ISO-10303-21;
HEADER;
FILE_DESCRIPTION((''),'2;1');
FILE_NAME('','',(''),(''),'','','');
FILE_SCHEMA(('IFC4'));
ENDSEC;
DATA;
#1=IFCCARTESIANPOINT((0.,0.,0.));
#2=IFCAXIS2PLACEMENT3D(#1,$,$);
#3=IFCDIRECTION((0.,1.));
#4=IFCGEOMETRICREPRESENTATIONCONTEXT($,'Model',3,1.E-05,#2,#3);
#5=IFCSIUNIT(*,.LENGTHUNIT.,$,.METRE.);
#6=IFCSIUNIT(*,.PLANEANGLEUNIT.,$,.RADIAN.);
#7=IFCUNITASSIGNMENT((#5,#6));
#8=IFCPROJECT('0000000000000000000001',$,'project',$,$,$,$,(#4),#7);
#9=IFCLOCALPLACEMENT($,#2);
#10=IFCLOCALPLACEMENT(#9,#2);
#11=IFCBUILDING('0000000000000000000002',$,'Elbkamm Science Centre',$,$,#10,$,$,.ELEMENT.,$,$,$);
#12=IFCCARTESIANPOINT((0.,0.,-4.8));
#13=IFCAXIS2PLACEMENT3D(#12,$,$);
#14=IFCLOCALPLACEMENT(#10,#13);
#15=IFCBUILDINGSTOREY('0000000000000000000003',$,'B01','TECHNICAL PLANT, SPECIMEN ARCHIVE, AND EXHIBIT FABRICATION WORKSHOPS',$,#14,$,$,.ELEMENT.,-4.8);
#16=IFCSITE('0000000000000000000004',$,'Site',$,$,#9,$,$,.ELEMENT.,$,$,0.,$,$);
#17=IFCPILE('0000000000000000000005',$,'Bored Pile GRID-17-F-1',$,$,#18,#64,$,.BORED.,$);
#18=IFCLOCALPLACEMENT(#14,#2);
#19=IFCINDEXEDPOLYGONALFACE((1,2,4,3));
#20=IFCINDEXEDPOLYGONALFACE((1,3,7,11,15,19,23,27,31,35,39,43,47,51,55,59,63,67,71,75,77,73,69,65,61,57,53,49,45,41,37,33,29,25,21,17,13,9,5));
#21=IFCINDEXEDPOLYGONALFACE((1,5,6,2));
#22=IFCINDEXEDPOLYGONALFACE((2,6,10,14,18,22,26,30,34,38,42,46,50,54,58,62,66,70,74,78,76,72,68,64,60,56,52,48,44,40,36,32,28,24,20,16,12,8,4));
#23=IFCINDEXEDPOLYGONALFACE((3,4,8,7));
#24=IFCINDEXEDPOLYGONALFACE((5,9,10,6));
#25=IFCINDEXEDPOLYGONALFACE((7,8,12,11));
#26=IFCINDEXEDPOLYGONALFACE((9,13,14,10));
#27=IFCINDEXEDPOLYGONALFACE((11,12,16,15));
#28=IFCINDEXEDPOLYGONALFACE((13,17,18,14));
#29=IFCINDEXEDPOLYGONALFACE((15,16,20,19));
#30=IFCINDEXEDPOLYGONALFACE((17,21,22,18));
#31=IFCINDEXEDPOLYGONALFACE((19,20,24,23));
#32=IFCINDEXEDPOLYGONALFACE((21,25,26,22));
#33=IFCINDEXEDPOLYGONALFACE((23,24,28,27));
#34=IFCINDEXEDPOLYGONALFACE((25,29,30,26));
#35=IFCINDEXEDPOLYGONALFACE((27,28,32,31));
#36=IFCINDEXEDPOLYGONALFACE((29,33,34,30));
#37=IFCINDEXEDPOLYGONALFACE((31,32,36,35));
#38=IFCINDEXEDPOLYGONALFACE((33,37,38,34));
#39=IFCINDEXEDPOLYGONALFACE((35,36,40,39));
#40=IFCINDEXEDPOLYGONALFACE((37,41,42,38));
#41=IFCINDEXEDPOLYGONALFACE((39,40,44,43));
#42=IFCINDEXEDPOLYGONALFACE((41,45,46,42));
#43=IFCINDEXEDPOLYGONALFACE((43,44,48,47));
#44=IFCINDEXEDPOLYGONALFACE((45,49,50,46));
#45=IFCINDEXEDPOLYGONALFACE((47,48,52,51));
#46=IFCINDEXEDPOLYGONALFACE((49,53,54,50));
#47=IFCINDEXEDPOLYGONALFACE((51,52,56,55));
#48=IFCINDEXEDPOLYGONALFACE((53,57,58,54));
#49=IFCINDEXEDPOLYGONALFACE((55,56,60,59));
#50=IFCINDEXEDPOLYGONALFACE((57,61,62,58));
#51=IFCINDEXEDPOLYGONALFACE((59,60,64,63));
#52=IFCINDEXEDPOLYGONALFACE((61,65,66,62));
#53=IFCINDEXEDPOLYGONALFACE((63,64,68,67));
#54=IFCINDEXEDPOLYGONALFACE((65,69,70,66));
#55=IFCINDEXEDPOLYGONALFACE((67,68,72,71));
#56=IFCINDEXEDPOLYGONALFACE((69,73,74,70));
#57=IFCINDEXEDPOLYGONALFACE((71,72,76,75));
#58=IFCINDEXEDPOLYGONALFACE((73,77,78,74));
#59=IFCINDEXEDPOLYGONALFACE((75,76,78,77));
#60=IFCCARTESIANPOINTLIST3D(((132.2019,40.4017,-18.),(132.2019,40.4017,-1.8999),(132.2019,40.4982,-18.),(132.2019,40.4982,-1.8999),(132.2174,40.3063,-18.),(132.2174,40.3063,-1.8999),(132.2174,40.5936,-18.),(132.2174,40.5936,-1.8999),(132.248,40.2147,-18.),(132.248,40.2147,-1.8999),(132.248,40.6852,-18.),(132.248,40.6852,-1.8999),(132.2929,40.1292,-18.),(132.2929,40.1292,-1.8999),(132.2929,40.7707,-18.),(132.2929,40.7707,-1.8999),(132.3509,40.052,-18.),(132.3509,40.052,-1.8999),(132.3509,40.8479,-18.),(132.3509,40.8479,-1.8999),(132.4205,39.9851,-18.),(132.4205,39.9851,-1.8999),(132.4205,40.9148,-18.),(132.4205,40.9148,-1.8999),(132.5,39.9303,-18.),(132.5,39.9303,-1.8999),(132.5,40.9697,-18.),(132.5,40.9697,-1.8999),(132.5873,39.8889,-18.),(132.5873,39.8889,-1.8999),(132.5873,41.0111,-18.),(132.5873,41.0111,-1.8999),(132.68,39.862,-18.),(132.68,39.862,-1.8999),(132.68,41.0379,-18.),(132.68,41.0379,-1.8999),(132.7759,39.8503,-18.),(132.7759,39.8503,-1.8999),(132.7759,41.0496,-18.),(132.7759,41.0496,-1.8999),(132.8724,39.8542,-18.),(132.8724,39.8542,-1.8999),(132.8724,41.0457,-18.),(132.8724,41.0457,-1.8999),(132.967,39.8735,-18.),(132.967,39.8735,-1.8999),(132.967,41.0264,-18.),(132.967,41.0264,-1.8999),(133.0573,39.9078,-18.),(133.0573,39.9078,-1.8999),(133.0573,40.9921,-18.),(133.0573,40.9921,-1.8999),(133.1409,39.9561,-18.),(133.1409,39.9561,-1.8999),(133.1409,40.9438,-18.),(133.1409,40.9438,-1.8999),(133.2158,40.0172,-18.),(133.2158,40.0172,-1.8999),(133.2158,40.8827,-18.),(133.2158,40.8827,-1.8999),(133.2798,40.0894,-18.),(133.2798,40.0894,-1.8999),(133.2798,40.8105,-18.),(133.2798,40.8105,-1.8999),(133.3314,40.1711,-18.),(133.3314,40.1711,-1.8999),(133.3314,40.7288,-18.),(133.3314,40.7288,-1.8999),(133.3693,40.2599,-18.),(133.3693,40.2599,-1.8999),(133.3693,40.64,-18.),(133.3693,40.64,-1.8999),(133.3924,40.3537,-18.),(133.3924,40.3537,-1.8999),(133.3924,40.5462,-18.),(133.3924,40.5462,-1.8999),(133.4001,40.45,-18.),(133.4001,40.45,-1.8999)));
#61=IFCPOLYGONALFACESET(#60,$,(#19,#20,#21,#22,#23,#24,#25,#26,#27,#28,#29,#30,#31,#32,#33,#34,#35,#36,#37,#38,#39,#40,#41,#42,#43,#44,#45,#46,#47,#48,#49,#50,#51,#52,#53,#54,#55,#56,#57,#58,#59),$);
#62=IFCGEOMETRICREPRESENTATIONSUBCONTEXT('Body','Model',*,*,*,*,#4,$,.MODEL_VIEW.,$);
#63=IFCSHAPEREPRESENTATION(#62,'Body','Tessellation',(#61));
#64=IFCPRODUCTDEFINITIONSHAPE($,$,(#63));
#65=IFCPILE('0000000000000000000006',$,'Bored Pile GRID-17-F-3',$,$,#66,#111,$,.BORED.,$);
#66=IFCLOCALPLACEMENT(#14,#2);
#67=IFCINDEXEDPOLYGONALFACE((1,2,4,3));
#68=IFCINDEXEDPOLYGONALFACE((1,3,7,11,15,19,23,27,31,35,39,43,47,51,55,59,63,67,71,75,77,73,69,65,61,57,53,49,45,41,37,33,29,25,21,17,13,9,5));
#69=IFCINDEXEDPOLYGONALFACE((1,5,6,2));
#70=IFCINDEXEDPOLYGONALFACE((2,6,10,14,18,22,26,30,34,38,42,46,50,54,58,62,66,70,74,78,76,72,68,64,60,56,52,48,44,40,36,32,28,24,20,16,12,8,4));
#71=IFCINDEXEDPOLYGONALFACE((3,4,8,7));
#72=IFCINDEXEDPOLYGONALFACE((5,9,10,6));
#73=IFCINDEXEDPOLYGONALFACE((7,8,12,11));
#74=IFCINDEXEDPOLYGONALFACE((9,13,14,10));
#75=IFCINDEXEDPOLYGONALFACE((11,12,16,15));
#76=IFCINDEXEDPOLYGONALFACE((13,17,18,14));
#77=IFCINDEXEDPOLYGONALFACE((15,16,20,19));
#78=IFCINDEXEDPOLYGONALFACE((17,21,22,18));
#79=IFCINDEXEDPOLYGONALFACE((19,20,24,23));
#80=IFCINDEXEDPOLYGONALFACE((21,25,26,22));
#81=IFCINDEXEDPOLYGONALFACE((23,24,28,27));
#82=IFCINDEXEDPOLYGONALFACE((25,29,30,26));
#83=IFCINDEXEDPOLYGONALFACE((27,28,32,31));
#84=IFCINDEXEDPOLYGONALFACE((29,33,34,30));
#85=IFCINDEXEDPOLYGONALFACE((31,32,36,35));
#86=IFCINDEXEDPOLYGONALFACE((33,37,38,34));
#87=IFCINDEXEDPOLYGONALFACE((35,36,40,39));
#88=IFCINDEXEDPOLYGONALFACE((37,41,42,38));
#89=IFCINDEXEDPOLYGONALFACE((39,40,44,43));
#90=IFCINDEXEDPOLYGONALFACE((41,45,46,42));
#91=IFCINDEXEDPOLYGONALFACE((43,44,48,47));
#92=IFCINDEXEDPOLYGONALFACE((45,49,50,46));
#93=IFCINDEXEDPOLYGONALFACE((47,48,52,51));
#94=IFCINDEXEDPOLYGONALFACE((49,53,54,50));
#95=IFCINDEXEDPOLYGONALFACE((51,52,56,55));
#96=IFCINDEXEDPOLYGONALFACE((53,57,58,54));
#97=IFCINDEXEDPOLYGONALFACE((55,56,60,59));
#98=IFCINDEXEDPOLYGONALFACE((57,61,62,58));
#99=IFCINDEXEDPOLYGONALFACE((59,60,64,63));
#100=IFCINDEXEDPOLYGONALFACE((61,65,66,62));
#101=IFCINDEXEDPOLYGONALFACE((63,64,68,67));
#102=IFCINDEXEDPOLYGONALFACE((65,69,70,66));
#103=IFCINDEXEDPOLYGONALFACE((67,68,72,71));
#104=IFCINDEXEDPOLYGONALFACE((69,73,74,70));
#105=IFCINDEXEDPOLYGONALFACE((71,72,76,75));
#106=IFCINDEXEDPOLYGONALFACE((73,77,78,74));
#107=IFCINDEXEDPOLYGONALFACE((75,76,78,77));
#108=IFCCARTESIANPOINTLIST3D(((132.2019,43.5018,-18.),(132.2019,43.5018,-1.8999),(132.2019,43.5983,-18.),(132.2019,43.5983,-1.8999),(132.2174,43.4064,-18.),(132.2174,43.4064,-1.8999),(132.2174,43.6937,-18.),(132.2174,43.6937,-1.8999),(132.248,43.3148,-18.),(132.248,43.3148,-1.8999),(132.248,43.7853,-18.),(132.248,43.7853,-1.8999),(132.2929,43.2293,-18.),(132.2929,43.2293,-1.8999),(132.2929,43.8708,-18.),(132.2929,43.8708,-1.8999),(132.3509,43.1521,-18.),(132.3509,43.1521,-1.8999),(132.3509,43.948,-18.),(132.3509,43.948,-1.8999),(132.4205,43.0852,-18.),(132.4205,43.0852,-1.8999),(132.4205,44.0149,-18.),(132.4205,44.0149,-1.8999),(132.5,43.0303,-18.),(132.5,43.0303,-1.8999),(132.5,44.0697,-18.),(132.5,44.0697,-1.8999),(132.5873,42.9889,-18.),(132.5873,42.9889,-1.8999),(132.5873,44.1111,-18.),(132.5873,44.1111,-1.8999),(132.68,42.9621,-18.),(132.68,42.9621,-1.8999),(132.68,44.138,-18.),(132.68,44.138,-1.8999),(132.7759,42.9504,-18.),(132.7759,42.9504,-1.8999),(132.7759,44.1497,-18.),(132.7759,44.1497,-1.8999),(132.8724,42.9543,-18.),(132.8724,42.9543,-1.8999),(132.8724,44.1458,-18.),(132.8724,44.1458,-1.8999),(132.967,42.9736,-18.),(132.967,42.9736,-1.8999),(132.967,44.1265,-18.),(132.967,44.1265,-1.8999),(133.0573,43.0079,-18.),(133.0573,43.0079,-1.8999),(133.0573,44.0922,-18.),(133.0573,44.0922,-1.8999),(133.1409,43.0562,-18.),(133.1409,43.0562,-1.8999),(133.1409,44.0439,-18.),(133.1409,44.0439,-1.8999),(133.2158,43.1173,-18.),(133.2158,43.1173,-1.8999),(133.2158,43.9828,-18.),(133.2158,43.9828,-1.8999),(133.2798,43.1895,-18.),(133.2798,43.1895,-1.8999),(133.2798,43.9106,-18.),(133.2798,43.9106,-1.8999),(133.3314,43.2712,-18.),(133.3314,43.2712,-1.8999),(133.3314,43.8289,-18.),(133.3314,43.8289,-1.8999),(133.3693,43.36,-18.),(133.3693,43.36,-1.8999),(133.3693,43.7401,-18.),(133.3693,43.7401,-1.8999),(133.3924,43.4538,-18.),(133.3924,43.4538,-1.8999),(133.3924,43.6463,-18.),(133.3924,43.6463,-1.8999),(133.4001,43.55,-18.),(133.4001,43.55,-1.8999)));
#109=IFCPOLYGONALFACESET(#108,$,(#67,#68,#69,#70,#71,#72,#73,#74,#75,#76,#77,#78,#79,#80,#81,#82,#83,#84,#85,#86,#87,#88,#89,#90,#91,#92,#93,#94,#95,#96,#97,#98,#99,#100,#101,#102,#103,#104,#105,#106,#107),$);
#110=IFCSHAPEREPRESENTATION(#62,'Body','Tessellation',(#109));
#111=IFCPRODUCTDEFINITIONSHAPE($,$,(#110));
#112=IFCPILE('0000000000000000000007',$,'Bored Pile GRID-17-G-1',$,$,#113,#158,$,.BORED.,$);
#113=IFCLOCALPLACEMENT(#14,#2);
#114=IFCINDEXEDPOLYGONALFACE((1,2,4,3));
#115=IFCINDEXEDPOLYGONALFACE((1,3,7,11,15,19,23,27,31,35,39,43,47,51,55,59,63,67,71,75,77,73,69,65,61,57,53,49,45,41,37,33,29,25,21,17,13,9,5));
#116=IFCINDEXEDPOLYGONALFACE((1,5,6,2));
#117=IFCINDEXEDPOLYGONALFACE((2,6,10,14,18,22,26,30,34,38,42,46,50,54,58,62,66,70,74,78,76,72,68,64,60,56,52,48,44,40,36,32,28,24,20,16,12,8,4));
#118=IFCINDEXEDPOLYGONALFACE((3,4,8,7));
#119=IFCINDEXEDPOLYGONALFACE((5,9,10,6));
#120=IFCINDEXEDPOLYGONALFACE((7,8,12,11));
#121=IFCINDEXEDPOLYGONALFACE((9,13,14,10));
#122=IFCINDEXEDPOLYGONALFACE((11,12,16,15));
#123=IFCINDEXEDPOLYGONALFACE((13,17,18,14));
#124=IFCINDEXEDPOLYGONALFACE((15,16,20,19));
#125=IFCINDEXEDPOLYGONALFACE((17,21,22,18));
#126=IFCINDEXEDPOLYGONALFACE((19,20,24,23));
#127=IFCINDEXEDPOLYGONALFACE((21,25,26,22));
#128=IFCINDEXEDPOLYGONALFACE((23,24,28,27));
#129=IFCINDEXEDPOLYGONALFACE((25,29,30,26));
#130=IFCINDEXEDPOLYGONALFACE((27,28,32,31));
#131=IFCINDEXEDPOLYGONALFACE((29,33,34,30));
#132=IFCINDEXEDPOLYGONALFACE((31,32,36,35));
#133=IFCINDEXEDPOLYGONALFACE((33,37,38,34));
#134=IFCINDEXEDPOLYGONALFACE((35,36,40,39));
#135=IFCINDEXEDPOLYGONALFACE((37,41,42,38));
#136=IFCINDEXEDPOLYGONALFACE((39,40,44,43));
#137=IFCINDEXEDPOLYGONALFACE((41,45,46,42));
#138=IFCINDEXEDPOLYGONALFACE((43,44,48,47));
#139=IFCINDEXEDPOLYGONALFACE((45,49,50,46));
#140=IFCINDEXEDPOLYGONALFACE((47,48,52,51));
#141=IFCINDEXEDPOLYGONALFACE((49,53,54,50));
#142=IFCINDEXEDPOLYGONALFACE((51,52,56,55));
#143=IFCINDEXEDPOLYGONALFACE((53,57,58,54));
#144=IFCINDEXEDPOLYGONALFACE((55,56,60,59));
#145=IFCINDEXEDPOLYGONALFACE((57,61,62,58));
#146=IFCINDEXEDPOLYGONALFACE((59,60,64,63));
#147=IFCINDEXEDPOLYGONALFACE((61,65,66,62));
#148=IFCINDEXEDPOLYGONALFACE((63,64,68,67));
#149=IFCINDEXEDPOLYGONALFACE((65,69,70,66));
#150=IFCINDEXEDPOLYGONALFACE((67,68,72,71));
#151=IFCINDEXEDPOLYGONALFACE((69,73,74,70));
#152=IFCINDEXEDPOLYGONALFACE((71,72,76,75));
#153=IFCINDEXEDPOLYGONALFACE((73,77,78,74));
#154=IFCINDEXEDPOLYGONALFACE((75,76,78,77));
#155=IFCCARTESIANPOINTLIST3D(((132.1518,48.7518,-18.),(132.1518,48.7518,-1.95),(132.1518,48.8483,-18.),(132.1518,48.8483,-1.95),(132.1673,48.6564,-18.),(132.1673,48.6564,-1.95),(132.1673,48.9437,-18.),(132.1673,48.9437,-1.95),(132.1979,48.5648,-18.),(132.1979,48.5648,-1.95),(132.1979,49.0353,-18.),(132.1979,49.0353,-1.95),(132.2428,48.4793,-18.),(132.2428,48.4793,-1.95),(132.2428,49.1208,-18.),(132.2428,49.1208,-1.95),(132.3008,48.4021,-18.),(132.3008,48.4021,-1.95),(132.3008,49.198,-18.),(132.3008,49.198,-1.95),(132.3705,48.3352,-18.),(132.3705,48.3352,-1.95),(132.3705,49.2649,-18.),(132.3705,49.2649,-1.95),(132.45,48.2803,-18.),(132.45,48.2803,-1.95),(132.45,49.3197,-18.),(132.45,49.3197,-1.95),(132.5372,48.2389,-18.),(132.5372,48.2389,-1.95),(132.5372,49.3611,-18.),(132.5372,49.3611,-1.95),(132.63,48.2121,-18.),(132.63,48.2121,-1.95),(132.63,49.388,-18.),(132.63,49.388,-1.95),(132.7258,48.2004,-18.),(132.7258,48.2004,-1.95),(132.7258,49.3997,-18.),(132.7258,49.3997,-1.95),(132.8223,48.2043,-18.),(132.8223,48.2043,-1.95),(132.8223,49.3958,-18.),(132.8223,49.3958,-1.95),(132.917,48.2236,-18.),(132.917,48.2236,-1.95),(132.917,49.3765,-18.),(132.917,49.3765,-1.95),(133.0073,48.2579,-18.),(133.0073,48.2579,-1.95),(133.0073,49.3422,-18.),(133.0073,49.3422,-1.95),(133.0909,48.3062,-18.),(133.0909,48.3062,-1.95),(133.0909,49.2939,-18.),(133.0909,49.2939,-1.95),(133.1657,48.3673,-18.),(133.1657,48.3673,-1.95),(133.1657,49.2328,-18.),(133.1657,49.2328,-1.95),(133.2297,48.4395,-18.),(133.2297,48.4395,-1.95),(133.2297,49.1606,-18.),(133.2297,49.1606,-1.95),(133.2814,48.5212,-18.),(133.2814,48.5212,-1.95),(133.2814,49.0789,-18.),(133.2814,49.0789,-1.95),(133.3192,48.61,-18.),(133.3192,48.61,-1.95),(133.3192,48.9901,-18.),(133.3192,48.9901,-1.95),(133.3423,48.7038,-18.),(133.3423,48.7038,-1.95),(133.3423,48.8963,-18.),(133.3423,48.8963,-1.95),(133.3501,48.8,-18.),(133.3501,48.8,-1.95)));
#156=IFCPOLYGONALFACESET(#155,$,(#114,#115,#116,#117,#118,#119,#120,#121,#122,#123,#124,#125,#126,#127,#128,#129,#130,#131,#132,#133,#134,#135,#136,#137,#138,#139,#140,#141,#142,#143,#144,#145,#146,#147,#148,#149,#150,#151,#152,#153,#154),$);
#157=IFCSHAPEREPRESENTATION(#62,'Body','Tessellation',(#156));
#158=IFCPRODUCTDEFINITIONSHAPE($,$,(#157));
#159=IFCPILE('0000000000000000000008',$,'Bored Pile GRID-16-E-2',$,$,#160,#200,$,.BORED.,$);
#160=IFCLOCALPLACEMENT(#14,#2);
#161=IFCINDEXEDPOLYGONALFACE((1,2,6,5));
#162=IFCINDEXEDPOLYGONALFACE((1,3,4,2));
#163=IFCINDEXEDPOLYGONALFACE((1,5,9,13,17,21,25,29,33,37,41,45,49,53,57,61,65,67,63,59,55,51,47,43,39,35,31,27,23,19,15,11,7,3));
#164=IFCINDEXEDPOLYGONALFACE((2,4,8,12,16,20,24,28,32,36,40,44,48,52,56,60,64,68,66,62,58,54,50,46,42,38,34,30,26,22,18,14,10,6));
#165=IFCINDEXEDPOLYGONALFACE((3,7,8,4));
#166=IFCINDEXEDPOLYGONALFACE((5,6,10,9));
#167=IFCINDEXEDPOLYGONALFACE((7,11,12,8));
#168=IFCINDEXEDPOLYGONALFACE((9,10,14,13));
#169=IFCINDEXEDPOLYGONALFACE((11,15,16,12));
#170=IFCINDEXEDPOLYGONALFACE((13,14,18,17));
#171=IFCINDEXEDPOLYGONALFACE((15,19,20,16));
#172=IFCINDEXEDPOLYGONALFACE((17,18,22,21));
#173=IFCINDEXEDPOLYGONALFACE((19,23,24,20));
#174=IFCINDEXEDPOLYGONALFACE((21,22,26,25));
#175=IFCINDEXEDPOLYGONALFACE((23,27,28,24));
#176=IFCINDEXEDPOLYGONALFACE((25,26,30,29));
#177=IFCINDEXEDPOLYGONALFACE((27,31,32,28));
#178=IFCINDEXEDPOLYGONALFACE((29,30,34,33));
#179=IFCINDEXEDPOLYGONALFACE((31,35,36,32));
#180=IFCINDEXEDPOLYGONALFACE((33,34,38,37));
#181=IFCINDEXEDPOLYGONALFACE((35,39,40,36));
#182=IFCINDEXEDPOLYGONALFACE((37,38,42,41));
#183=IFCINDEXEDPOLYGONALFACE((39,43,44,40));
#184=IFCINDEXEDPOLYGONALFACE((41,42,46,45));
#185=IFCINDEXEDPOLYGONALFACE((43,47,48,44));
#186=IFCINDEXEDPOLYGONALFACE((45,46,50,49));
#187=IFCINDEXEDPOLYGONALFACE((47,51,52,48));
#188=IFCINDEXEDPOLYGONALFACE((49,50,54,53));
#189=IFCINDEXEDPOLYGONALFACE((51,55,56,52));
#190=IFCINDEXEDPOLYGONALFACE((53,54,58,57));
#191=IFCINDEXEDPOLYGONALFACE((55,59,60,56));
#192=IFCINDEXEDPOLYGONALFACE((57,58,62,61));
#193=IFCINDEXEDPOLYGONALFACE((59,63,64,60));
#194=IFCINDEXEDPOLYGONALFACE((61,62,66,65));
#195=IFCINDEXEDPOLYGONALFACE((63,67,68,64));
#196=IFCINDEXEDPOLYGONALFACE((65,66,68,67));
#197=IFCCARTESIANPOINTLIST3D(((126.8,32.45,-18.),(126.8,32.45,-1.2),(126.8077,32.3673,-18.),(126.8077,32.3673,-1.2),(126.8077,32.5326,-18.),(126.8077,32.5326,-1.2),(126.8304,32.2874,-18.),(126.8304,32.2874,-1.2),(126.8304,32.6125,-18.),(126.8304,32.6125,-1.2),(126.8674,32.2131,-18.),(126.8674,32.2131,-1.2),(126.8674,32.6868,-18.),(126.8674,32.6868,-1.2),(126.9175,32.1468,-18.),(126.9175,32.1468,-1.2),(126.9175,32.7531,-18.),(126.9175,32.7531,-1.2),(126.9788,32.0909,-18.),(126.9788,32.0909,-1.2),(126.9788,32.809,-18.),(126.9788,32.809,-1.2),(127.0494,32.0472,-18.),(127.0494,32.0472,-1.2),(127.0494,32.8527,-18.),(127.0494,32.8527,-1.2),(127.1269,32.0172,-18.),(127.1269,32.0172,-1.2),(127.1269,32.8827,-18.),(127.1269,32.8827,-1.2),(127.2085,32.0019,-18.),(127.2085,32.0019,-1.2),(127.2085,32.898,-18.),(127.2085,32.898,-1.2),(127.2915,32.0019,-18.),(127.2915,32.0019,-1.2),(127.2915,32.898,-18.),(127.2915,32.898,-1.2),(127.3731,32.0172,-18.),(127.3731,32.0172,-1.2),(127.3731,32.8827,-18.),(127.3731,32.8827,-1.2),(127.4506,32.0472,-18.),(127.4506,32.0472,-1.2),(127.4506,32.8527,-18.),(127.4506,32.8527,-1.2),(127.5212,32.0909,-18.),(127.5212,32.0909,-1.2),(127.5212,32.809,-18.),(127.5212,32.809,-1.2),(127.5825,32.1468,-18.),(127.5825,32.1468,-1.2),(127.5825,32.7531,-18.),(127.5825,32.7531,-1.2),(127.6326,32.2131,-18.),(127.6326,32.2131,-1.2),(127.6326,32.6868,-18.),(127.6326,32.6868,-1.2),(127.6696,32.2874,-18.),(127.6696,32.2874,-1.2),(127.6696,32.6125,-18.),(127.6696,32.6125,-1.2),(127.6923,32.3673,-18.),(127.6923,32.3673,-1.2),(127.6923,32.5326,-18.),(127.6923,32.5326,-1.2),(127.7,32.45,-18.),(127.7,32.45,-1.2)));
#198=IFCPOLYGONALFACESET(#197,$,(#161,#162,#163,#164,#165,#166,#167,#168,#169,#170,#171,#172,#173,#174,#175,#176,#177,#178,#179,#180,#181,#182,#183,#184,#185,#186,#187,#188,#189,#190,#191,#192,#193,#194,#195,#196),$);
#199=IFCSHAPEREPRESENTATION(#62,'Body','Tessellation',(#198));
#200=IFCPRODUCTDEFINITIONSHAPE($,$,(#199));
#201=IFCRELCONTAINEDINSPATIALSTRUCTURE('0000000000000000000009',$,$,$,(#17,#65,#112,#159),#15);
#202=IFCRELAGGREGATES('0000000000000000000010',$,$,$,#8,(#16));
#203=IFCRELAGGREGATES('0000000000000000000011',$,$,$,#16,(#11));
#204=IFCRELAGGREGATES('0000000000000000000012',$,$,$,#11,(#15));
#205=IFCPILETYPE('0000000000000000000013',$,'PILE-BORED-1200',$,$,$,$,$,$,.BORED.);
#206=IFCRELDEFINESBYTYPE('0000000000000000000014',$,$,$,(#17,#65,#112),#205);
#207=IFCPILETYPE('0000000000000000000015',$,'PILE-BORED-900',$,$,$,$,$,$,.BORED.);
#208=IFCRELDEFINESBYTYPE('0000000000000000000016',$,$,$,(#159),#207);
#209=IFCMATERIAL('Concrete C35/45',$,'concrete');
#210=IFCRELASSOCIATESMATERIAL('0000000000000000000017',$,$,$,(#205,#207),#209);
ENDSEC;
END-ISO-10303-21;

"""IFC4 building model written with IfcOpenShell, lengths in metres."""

from ifc_helpers import new_model, si_unit, direction, frame, origin, origin_2d, place, context, subcontext, project, spatial, circle, extrude, material, material_profile, profile_set, type_object, element, save


model = new_model("IFC4")

# Units and contexts
model_context = context("Model", 3, precision=1e-05, world=origin(), true_north=direction((0.0, 1.0)))
body_context = subcontext(model_context, "Body", "Model", "MODEL_VIEW")
ifc_project = project(units=[si_unit("LENGTHUNIT", "METRE"), si_unit("PLANEANGLEUNIT", "RADIAN")], contexts=[model_context])

# Site, building, storey
site_placement = place(None, origin())
site = spatial("IfcSite", under=ifc_project, at=site_placement, Name="Site", CompositionType="ELEMENT", RefElevation=0.0)
building_placement = place(site_placement, origin())
building = spatial("IfcBuilding", under=site, at=building_placement, Name="Elbkamm Science Centre", CompositionType="ELEMENT")
storey_placement = place(building_placement, frame((0.0, 0.0, -4.8)))
storey = spatial("IfcBuildingStorey", under=building, at=storey_placement, Name="B01", Description="TECHNICAL PLANT, SPECIMEN ARCHIVE, AND EXHIBIT FABRICATION WORKSHOPS", CompositionType="ELEMENT", Elevation=-4.8)

# Shared definitions
ifc_material_1 = material(Name="Concrete C35/45", Category="concrete")

# Piles
ifc_material_profile_1 = material_profile(ifc_material_1, circle(Radius=0.6001, at=origin_2d()), Name="PILE D1200")
ifc_profile_set_1 = profile_set([ifc_material_profile_1], Name="Concrete C35/45")
pile_type_1 = type_object("IfcPileType", Name="PILE-BORED-1200", PredefinedType="BORED", material=ifc_profile_set_1)
for number, where, z_axis, x_axis, name in (
    (1, (132.8, 40.45, -1.8999), (0.0, 0.0, -1.0), (1.0, 0.0, 0.0), "Bored Pile GRID-17-F-1"),
    (2, (132.8, 43.55, -1.8999), (0.0, 0.0, -1.0), (1.0, 0.0, 0.0), "Bored Pile GRID-17-F-3"),
):
    element("IfcPile", number, at=place(storey_placement, frame(where, z_axis=z_axis, x_axis=x_axis)), inside=storey, type_object=pile_type_1, Name=name, PredefinedType="BORED", context=body_context, shape_type="SweptSolid", body=[
        extrude(circle(Radius=0.6001, at=origin_2d()), origin(), (0.0, 0.0, 1.0), 16.1001),
    ])
pile_1_placement = place(storey_placement, frame((132.75, 48.8, -1.95), z_axis=(0.0, 0.0, -1.0), x_axis=(1.0, 0.0, 0.0)))
element("IfcPile", 3, at=pile_1_placement, inside=storey, type_object=pile_type_1, Name="Bored Pile GRID-17-G-1", PredefinedType="BORED", context=body_context, shape_type="SweptSolid", body=[
    extrude(circle(Radius=0.6001, at=origin_2d()), origin(), (0.0, 0.0, 1.0), 16.05),
])
ifc_material_profile_2 = material_profile(ifc_material_1, circle(Radius=0.45, at=origin_2d()), Name="PILE D900")
ifc_profile_set_2 = profile_set([ifc_material_profile_2], Name="Concrete C35/45")
pile_type_2 = type_object("IfcPileType", Name="PILE-BORED-900", PredefinedType="BORED", material=ifc_profile_set_2)
for number, where, z_axis, x_axis, name in (
    (4, (127.25, 32.45, -1.2), (0.0, 0.0, -1.0), (1.0, 0.0, 0.0), "Bored Pile GRID-16-E-2"),
):
    element("IfcPile", number, at=place(storey_placement, frame(where, z_axis=z_axis, x_axis=x_axis)), inside=storey, type_object=pile_type_2, Name=name, PredefinedType="BORED", context=body_context, shape_type="SweptSolid", body=[
        extrude(circle(Radius=0.45, at=origin_2d()), origin(), (0.0, 0.0, 1.0), 16.8),
    ])

save(model, "model.ifc")
